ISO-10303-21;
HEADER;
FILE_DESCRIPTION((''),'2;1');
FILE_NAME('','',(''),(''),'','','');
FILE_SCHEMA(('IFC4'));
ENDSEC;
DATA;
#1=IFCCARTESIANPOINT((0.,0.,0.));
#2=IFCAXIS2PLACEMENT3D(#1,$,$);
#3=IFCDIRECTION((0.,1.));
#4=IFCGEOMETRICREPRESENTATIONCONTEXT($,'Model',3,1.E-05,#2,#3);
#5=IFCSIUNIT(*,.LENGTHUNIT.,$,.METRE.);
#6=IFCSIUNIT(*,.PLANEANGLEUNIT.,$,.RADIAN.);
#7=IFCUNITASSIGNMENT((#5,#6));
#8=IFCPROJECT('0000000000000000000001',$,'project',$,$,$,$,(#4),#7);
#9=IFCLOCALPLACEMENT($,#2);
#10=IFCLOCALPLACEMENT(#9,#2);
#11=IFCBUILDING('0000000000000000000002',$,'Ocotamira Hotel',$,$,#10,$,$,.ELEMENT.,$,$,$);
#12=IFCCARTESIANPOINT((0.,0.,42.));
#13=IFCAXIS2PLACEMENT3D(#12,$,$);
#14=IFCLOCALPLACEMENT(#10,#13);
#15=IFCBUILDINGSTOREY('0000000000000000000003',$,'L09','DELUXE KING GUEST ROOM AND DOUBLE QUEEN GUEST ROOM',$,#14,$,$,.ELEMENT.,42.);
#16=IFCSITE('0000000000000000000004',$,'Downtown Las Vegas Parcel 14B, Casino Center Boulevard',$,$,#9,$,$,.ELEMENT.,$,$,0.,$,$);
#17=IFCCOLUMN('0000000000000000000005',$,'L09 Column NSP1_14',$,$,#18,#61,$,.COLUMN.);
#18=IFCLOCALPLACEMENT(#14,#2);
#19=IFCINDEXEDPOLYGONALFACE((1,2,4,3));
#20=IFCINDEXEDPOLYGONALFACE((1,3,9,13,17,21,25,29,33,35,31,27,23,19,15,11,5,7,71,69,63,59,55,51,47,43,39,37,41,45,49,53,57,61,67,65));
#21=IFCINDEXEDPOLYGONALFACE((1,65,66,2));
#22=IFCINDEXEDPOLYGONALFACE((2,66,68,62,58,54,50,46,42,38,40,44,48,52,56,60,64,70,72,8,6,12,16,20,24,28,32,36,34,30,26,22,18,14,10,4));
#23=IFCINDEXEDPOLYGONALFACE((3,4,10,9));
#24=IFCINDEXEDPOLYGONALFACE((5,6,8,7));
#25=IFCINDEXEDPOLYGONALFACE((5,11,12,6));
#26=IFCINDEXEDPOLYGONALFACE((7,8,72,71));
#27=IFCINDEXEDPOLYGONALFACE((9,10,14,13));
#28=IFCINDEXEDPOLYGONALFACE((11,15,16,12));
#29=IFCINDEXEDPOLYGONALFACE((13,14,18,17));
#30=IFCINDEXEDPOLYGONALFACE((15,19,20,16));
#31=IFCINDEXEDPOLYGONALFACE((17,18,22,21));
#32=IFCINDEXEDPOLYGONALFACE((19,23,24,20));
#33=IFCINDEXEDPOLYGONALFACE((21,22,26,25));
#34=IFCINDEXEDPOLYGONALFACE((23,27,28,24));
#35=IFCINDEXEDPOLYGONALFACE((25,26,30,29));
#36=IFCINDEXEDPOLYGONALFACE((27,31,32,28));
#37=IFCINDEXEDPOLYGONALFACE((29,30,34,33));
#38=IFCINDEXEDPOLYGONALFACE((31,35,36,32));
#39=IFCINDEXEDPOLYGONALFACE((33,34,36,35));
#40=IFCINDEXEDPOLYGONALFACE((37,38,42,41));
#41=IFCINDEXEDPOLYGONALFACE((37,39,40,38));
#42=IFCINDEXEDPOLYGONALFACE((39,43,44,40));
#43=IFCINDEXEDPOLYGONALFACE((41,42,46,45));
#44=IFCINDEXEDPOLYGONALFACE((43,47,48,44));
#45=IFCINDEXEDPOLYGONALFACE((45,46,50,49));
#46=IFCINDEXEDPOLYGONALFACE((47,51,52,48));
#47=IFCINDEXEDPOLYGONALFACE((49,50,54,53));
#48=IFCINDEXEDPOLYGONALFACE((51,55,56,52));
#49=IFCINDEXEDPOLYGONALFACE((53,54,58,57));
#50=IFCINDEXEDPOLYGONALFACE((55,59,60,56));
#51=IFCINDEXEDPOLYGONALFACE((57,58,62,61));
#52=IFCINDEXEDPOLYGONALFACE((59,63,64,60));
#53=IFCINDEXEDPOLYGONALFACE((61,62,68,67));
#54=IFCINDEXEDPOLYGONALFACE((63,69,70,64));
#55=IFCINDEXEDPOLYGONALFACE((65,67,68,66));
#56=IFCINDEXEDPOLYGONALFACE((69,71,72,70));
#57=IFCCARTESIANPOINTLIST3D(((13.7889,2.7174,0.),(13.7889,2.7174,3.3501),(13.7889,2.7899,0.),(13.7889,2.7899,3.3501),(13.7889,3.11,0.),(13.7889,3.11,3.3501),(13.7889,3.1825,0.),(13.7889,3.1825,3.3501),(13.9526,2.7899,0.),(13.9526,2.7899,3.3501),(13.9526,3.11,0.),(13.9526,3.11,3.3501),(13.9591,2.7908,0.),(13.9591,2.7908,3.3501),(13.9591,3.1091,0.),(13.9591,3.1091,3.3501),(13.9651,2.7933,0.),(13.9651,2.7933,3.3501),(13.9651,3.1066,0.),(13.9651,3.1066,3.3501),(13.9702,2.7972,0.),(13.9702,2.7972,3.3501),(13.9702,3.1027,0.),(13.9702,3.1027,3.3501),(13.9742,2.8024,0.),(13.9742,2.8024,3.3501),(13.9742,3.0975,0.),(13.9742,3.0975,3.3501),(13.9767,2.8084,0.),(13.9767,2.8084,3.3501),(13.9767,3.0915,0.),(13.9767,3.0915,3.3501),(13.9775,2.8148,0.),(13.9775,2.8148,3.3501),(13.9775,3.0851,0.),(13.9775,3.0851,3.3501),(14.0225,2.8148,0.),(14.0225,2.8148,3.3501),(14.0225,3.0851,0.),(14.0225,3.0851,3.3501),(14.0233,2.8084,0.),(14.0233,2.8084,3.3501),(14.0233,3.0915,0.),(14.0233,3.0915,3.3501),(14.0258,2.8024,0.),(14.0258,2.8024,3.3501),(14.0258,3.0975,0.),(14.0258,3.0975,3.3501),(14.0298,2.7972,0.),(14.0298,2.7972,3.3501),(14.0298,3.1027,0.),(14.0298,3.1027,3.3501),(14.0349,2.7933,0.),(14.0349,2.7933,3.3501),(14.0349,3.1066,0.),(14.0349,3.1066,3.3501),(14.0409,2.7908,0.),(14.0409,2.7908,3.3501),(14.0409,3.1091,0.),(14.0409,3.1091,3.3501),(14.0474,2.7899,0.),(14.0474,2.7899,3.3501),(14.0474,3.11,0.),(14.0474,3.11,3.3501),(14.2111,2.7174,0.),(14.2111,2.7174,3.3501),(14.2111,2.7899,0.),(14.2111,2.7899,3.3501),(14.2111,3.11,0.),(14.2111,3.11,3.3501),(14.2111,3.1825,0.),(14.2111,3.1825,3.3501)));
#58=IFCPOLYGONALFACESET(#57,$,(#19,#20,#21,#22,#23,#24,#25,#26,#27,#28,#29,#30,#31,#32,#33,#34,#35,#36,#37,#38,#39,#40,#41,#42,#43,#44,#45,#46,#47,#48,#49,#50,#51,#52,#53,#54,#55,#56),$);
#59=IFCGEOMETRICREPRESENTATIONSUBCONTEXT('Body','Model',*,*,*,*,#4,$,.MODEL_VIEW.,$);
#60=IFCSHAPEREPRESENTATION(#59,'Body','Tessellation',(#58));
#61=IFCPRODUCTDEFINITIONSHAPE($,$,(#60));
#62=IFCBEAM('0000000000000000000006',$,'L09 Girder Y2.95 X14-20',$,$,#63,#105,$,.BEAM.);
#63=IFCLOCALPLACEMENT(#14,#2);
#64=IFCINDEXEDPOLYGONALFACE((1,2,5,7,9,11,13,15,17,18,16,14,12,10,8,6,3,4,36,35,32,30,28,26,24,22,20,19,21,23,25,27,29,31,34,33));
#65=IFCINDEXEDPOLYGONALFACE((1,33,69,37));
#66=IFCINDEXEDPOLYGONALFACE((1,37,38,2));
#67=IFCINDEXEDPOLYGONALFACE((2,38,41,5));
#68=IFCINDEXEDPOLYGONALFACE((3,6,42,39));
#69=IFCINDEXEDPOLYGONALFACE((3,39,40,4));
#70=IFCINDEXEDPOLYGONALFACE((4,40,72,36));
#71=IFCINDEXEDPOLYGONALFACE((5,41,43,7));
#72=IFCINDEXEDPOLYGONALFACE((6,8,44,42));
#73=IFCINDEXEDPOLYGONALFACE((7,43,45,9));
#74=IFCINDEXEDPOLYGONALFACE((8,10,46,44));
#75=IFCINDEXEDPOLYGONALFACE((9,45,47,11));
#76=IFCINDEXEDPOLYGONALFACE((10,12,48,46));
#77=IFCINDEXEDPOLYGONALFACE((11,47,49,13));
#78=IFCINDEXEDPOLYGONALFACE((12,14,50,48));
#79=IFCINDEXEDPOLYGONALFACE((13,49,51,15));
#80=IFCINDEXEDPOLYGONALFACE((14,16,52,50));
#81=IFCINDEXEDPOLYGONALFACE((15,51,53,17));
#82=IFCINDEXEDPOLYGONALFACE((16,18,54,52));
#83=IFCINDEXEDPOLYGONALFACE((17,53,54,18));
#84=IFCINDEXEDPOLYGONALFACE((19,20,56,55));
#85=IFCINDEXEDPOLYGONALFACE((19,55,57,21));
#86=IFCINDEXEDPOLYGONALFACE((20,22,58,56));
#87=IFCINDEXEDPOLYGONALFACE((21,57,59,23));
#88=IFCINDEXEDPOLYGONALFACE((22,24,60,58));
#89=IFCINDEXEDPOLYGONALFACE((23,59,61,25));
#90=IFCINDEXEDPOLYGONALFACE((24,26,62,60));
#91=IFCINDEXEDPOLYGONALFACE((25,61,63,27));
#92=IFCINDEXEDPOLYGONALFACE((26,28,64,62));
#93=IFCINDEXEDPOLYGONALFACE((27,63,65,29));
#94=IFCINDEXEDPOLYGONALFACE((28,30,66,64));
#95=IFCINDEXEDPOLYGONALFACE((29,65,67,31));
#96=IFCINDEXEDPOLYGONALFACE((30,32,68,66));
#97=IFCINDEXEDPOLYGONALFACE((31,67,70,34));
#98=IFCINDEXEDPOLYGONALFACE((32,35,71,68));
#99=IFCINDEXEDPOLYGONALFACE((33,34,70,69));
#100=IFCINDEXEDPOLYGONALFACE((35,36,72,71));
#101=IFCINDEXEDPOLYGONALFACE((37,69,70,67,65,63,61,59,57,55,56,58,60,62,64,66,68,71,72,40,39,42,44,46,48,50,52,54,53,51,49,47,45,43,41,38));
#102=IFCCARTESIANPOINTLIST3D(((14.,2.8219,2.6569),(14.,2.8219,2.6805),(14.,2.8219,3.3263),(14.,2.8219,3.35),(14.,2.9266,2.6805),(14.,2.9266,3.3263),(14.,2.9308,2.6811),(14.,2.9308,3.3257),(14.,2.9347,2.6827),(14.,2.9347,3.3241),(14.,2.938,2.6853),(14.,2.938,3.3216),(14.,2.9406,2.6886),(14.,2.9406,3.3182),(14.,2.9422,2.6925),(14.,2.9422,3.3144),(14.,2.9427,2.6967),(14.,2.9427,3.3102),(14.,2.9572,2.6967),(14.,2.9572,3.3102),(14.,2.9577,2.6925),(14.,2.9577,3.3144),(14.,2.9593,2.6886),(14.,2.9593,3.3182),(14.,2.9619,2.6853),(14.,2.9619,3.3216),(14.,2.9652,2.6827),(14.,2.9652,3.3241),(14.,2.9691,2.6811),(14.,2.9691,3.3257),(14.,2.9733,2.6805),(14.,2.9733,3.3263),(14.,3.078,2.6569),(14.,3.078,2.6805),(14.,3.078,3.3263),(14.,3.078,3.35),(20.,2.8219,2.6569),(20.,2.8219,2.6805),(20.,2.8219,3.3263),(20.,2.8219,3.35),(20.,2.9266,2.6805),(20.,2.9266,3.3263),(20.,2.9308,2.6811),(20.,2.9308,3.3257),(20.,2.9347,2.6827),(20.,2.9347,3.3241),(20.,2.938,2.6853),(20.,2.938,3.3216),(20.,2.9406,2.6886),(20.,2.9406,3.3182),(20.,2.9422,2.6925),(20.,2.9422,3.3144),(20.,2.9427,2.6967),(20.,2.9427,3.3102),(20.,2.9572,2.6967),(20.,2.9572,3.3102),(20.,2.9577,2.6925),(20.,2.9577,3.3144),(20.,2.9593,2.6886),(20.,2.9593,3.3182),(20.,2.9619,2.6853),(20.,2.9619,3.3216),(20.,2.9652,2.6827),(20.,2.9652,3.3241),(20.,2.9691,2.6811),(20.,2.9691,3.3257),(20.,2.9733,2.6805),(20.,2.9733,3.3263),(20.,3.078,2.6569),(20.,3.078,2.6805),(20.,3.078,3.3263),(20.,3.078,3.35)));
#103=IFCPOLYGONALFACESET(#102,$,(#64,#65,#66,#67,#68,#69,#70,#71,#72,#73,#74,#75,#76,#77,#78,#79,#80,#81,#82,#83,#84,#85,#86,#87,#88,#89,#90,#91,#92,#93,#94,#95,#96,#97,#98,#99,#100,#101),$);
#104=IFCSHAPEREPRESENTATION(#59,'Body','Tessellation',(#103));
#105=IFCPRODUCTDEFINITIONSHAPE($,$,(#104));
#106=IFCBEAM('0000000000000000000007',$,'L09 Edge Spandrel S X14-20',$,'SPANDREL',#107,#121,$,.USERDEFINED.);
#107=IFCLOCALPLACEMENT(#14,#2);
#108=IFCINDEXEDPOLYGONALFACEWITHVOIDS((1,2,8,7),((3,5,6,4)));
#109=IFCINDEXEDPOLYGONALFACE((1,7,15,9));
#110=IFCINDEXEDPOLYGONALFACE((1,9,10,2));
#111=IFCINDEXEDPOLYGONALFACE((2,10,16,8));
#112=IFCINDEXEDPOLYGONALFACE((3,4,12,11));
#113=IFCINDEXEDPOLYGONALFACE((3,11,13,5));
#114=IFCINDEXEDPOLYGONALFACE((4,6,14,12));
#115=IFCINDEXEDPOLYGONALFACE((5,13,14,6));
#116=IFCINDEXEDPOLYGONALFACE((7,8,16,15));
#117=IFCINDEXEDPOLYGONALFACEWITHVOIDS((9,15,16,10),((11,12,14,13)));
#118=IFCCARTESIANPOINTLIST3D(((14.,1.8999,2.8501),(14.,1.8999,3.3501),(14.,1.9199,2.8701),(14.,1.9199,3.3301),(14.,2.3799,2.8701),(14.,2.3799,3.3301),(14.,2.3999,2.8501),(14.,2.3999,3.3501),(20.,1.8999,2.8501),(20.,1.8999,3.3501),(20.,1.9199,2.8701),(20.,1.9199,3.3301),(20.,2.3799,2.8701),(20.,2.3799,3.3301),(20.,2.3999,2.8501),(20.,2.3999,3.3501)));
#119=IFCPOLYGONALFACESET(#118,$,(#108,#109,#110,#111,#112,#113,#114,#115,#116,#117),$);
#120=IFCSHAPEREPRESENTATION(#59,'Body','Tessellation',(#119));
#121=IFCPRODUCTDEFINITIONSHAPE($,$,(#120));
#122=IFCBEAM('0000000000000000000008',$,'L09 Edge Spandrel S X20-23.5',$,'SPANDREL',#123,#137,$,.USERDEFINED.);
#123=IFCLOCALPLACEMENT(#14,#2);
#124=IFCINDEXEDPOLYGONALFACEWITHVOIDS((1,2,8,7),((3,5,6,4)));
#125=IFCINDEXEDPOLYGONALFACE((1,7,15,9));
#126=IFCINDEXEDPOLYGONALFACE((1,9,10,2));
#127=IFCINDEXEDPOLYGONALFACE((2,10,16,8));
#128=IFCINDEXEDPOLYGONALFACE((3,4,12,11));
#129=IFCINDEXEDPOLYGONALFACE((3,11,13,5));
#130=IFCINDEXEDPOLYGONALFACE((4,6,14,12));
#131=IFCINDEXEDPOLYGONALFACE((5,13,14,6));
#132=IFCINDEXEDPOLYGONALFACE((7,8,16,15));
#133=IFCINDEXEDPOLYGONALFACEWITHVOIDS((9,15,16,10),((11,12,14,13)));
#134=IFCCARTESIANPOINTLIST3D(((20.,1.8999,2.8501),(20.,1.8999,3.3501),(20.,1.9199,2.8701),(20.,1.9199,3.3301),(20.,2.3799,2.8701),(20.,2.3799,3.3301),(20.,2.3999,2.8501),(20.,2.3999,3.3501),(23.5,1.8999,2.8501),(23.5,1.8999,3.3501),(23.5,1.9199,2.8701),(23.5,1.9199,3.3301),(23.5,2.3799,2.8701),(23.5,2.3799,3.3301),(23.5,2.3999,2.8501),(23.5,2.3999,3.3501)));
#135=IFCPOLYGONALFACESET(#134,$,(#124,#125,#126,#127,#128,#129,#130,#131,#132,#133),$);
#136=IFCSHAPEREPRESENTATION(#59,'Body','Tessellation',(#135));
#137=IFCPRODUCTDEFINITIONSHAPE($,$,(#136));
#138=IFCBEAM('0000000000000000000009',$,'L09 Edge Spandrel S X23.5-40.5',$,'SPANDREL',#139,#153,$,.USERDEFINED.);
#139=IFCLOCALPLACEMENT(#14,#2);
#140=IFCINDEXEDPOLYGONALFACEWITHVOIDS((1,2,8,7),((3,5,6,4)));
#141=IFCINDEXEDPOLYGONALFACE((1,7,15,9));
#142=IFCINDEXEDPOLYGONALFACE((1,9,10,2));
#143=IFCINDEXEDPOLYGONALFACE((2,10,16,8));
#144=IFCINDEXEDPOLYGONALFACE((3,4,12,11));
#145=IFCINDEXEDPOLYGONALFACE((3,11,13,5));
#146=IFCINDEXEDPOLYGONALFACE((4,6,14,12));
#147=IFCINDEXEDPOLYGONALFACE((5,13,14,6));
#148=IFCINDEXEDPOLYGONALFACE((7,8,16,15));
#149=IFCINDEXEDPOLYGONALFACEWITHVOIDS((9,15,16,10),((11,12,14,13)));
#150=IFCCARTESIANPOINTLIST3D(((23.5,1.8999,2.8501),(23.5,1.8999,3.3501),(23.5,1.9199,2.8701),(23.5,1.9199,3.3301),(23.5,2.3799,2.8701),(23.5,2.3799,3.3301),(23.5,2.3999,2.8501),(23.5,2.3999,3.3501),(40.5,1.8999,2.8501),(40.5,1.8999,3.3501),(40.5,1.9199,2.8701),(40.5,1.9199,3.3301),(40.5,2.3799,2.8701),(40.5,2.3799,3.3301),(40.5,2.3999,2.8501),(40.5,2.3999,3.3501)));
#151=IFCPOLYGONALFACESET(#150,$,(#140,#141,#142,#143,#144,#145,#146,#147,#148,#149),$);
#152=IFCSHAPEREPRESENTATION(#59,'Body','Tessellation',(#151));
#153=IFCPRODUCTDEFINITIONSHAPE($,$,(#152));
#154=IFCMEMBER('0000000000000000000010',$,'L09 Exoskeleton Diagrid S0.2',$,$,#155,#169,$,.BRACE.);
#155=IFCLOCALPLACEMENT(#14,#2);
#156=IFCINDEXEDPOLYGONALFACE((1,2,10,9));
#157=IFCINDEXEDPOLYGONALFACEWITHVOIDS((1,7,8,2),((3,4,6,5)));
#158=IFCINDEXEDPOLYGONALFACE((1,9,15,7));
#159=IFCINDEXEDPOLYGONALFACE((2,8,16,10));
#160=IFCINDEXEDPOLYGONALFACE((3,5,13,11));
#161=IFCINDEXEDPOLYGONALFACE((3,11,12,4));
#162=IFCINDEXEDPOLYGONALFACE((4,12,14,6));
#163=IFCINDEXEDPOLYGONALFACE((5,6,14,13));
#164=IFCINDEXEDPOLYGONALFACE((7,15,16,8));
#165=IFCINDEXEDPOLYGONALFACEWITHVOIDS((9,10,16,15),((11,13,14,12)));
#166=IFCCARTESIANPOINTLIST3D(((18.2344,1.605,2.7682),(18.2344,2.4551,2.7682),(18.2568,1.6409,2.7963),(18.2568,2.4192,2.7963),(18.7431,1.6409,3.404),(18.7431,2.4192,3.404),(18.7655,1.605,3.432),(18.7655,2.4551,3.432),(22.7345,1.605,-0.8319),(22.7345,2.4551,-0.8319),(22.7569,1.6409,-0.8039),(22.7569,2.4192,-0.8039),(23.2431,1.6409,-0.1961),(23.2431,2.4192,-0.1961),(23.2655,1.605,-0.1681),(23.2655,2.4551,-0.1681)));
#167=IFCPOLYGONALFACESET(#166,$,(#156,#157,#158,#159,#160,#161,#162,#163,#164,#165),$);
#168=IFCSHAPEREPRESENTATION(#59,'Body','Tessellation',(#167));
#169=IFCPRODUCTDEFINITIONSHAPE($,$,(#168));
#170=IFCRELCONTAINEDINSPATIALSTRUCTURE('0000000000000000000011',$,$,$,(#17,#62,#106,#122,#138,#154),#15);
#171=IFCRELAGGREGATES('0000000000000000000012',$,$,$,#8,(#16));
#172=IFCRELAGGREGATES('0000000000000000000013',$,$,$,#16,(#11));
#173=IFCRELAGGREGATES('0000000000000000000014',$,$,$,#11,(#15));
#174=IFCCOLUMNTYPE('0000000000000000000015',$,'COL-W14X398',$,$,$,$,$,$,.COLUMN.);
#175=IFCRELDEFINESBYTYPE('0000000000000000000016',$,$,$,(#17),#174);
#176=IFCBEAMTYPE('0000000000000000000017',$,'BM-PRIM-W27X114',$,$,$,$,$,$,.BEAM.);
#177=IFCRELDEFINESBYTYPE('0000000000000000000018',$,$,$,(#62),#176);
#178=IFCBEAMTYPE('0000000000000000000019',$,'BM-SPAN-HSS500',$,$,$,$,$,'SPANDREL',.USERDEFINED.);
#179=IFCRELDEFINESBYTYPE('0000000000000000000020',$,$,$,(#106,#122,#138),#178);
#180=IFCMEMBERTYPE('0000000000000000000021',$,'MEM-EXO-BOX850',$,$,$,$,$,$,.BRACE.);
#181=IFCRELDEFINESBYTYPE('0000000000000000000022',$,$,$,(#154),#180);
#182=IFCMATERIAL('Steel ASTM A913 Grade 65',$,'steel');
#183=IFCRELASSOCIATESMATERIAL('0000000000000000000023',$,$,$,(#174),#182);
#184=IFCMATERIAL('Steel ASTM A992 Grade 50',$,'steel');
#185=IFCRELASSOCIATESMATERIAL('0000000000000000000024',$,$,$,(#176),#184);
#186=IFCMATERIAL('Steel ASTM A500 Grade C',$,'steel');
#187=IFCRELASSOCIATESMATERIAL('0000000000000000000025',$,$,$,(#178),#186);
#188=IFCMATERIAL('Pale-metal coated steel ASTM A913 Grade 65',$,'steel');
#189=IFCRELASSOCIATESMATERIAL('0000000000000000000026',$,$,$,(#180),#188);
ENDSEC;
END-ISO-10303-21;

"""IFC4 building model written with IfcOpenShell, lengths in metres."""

from ifc_helpers import new_model, si_unit, direction, frame, origin, origin_2d, place, context, subcontext, project, spatial, hollow_rectangle, i_section, extrude, source, transform, mapped, material, material_profile, profile_set, type_object, element, save


model = new_model("IFC4")

# Units and contexts
model_context = context("Model", 3, precision=1e-05, world=origin(), true_north=direction((0.0, 1.0)))
body_context = subcontext(model_context, "Body", "Model", "MODEL_VIEW")
ifc_project = project(units=[si_unit("LENGTHUNIT", "METRE"), si_unit("PLANEANGLEUNIT", "RADIAN")], contexts=[model_context])

# Site, building, storey
site_placement = place(None, origin())
site = spatial("IfcSite", under=ifc_project, at=site_placement, Name="Downtown Las Vegas Parcel 14B, Casino Center Boulevard", CompositionType="ELEMENT", RefElevation=0.0)
building_placement = place(site_placement, origin())
building = spatial("IfcBuilding", under=site, at=building_placement, Name="Ocotamira Hotel", CompositionType="ELEMENT")
storey_placement = place(building_placement, frame((0.0, 0.0, 42.0)))
storey = spatial("IfcBuildingStorey", under=building, at=storey_placement, Name="L09", Description="DELUXE KING GUEST ROOM AND DOUBLE QUEEN GUEST ROOM", CompositionType="ELEMENT", Elevation=42.0)

# Column
ifc_material_1 = material(Name="Steel ASTM A913 Grade 65", Category="steel")
ifc_material_profile_1 = material_profile(ifc_material_1, i_section(OverallWidth=0.4221, OverallDepth=0.4651, WebThickness=0.0449, FlangeThickness=0.0725, FilletRadius=0.0249, at=origin_2d()), Name="W14X398")
ifc_profile_set_1 = profile_set([ifc_material_profile_1], Name="Steel ASTM A913 Grade 65")
column_type = type_object("IfcColumnType", Name="COL-W14X398", PredefinedType="COLUMN", material=ifc_profile_set_1)
shared_shape_1 = source(origin(), body_context, "Body", "SweptSolid", [
    extrude(i_section(OverallWidth=0.4221, OverallDepth=0.4651, WebThickness=0.0449, FlangeThickness=0.0725, FilletRadius=0.0249, at=origin_2d()), origin(), (0.0, 0.0, 1.0), 3.3501),
])
column_placement = place(storey_placement, frame((14.0, 2.95, 0.0), z_axis=(0.0, 0.0, 1.0), x_axis=(1.0, 0.0, 0.0)))
element("IfcColumn", 1, at=column_placement, inside=storey, type_object=column_type, Name="L09 Column NSP1_14", PredefinedType="COLUMN", context=body_context, shape_type="MappedRepresentation", body=[
    mapped(shared_shape_1, transform((0.0, 0.0, 0.0), scale=1.0)),
])

# Beams
ifc_material_2 = material(Name="Steel ASTM A992 Grade 50", Category="steel")
ifc_material_profile_2 = material_profile(ifc_material_2, i_section(OverallWidth=0.2561, OverallDepth=0.6931, WebThickness=0.0144, FlangeThickness=0.0237, FilletRadius=0.0161, at=origin_2d()), Name="W27X114")
ifc_profile_set_2 = profile_set([ifc_material_profile_2], Name="Steel ASTM A992 Grade 50")
beam_type_1 = type_object("IfcBeamType", Name="BM-PRIM-W27X114", PredefinedType="BEAM", material=ifc_profile_set_2)
shared_shape_2 = source(origin(), body_context, "Body", "SweptSolid", [
    extrude(i_section(OverallWidth=0.2561, OverallDepth=0.6931, WebThickness=0.0144, FlangeThickness=0.0237, FilletRadius=0.0161, at=origin_2d()), origin(), (0.0, 0.0, 1.0), 6.0),
])
beam_1_placement = place(storey_placement, frame((14.0, 2.95, 3.0034), z_axis=(1.0, 0.0, 0.0), x_axis=(0.0, 1.0, 0.0)))
element("IfcBeam", 2, at=beam_1_placement, inside=storey, type_object=beam_type_1, Name="L09 Girder Y2.95 X14-20", PredefinedType="BEAM", context=body_context, shape_type="MappedRepresentation", body=[
    mapped(shared_shape_2, transform((0.0, 0.0, 0.0), scale=1.0)),
])
ifc_material_3 = material(Name="Steel ASTM A500 Grade C", Category="steel")
ifc_material_profile_3 = material_profile(ifc_material_3, hollow_rectangle(XDim=0.5, YDim=0.5, WallThickness=0.02, at=origin_2d()), Name="HSS500X500X20")
ifc_profile_set_3 = profile_set([ifc_material_profile_3], Name="Steel ASTM A500 Grade C")
beam_type_2 = type_object("IfcBeamType", Name="BM-SPAN-HSS500", ElementType="SPANDREL", PredefinedType="USERDEFINED", material=ifc_profile_set_3)
shared_shape_3 = source(origin(), body_context, "Body", "SweptSolid", [
    extrude(hollow_rectangle(XDim=0.5, YDim=0.5, WallThickness=0.02, at=origin_2d()), origin(), (0.0, 0.0, 1.0), 6.0),
])
beam_2_placement = place(storey_placement, frame((14.0, 2.1499, 3.1001), z_axis=(1.0, 0.0, 0.0), x_axis=(0.0, 1.0, 0.0)))
element("IfcBeam", 3, at=beam_2_placement, inside=storey, type_object=beam_type_2, Name="L09 Edge Spandrel S X14-20", ObjectType="SPANDREL", PredefinedType="USERDEFINED", context=body_context, shape_type="MappedRepresentation", body=[
    mapped(shared_shape_3, transform((0.0, 0.0, 0.0), scale=1.0)),
])
shared_shape_4 = source(origin(), body_context, "Body", "SweptSolid", [
    extrude(hollow_rectangle(XDim=0.5, YDim=0.5, WallThickness=0.02, at=origin_2d()), origin(), (0.0, 0.0, 1.0), 3.5),
])
beam_3_placement = place(storey_placement, frame((20.0, 2.1499, 3.1001), z_axis=(1.0, 0.0, 0.0), x_axis=(0.0, 1.0, 0.0)))
element("IfcBeam", 4, at=beam_3_placement, inside=storey, type_object=beam_type_2, Name="L09 Edge Spandrel S X20-23.5", ObjectType="SPANDREL", PredefinedType="USERDEFINED", context=body_context, shape_type="MappedRepresentation", body=[
    mapped(shared_shape_4, transform((0.0, 0.0, 0.0), scale=1.0)),
])
shared_shape_5 = source(origin(), body_context, "Body", "SweptSolid", [
    extrude(hollow_rectangle(XDim=0.5, YDim=0.5, WallThickness=0.02, at=origin_2d()), origin(), (0.0, 0.0, 1.0), 17.0),
])
beam_4_placement = place(storey_placement, frame((23.5, 2.1499, 3.1001), z_axis=(1.0, 0.0, 0.0), x_axis=(0.0, 1.0, 0.0)))
element("IfcBeam", 5, at=beam_4_placement, inside=storey, type_object=beam_type_2, Name="L09 Edge Spandrel S X23.5-40.5", ObjectType="SPANDREL", PredefinedType="USERDEFINED", context=body_context, shape_type="MappedRepresentation", body=[
    mapped(shared_shape_5, transform((0.0, 0.0, 0.0), scale=1.0)),
])

# Member
ifc_material_4 = material(Name="Pale-metal coated steel ASTM A913 Grade 65", Category="steel")
ifc_material_profile_4 = material_profile(ifc_material_4, hollow_rectangle(XDim=0.8501, YDim=0.8501, WallThickness=0.0359, at=origin_2d()), Name="BOX850X850X36")
ifc_profile_set_4 = profile_set([ifc_material_profile_4], Name="Pale-metal coated steel ASTM A913 Grade 65")
member_type_1 = type_object("IfcMemberType", Name="MEM-EXO-BOX850", PredefinedType="BRACE", material=ifc_profile_set_4)
shared_shape_6 = source(origin(), body_context, "Body", "SweptSolid", [
    extrude(hollow_rectangle(XDim=0.8501, YDim=0.8501, WallThickness=0.0359, at=origin_2d()), origin(), (0.0, 0.0, 1.0), 5.7629),
])
for number, where, z_axis, x_axis, name in (
    (6, (23.0, 2.03, -0.5), (-0.780861, 0.0, 0.624705), (0.0, -1.0, 0.0), "L09 Exoskeleton Diagrid S0.2"),
):
    element("IfcMember", number, at=place(storey_placement, frame(where, z_axis=z_axis, x_axis=x_axis)), inside=storey, type_object=member_type_1, Name=name, PredefinedType="BRACE", context=body_context, shape_type="MappedRepresentation", body=[
        mapped(shared_shape_6, transform((0.0, 0.0, 0.0), scale=1.0)),
    ])

save(model, "model.ifc")
